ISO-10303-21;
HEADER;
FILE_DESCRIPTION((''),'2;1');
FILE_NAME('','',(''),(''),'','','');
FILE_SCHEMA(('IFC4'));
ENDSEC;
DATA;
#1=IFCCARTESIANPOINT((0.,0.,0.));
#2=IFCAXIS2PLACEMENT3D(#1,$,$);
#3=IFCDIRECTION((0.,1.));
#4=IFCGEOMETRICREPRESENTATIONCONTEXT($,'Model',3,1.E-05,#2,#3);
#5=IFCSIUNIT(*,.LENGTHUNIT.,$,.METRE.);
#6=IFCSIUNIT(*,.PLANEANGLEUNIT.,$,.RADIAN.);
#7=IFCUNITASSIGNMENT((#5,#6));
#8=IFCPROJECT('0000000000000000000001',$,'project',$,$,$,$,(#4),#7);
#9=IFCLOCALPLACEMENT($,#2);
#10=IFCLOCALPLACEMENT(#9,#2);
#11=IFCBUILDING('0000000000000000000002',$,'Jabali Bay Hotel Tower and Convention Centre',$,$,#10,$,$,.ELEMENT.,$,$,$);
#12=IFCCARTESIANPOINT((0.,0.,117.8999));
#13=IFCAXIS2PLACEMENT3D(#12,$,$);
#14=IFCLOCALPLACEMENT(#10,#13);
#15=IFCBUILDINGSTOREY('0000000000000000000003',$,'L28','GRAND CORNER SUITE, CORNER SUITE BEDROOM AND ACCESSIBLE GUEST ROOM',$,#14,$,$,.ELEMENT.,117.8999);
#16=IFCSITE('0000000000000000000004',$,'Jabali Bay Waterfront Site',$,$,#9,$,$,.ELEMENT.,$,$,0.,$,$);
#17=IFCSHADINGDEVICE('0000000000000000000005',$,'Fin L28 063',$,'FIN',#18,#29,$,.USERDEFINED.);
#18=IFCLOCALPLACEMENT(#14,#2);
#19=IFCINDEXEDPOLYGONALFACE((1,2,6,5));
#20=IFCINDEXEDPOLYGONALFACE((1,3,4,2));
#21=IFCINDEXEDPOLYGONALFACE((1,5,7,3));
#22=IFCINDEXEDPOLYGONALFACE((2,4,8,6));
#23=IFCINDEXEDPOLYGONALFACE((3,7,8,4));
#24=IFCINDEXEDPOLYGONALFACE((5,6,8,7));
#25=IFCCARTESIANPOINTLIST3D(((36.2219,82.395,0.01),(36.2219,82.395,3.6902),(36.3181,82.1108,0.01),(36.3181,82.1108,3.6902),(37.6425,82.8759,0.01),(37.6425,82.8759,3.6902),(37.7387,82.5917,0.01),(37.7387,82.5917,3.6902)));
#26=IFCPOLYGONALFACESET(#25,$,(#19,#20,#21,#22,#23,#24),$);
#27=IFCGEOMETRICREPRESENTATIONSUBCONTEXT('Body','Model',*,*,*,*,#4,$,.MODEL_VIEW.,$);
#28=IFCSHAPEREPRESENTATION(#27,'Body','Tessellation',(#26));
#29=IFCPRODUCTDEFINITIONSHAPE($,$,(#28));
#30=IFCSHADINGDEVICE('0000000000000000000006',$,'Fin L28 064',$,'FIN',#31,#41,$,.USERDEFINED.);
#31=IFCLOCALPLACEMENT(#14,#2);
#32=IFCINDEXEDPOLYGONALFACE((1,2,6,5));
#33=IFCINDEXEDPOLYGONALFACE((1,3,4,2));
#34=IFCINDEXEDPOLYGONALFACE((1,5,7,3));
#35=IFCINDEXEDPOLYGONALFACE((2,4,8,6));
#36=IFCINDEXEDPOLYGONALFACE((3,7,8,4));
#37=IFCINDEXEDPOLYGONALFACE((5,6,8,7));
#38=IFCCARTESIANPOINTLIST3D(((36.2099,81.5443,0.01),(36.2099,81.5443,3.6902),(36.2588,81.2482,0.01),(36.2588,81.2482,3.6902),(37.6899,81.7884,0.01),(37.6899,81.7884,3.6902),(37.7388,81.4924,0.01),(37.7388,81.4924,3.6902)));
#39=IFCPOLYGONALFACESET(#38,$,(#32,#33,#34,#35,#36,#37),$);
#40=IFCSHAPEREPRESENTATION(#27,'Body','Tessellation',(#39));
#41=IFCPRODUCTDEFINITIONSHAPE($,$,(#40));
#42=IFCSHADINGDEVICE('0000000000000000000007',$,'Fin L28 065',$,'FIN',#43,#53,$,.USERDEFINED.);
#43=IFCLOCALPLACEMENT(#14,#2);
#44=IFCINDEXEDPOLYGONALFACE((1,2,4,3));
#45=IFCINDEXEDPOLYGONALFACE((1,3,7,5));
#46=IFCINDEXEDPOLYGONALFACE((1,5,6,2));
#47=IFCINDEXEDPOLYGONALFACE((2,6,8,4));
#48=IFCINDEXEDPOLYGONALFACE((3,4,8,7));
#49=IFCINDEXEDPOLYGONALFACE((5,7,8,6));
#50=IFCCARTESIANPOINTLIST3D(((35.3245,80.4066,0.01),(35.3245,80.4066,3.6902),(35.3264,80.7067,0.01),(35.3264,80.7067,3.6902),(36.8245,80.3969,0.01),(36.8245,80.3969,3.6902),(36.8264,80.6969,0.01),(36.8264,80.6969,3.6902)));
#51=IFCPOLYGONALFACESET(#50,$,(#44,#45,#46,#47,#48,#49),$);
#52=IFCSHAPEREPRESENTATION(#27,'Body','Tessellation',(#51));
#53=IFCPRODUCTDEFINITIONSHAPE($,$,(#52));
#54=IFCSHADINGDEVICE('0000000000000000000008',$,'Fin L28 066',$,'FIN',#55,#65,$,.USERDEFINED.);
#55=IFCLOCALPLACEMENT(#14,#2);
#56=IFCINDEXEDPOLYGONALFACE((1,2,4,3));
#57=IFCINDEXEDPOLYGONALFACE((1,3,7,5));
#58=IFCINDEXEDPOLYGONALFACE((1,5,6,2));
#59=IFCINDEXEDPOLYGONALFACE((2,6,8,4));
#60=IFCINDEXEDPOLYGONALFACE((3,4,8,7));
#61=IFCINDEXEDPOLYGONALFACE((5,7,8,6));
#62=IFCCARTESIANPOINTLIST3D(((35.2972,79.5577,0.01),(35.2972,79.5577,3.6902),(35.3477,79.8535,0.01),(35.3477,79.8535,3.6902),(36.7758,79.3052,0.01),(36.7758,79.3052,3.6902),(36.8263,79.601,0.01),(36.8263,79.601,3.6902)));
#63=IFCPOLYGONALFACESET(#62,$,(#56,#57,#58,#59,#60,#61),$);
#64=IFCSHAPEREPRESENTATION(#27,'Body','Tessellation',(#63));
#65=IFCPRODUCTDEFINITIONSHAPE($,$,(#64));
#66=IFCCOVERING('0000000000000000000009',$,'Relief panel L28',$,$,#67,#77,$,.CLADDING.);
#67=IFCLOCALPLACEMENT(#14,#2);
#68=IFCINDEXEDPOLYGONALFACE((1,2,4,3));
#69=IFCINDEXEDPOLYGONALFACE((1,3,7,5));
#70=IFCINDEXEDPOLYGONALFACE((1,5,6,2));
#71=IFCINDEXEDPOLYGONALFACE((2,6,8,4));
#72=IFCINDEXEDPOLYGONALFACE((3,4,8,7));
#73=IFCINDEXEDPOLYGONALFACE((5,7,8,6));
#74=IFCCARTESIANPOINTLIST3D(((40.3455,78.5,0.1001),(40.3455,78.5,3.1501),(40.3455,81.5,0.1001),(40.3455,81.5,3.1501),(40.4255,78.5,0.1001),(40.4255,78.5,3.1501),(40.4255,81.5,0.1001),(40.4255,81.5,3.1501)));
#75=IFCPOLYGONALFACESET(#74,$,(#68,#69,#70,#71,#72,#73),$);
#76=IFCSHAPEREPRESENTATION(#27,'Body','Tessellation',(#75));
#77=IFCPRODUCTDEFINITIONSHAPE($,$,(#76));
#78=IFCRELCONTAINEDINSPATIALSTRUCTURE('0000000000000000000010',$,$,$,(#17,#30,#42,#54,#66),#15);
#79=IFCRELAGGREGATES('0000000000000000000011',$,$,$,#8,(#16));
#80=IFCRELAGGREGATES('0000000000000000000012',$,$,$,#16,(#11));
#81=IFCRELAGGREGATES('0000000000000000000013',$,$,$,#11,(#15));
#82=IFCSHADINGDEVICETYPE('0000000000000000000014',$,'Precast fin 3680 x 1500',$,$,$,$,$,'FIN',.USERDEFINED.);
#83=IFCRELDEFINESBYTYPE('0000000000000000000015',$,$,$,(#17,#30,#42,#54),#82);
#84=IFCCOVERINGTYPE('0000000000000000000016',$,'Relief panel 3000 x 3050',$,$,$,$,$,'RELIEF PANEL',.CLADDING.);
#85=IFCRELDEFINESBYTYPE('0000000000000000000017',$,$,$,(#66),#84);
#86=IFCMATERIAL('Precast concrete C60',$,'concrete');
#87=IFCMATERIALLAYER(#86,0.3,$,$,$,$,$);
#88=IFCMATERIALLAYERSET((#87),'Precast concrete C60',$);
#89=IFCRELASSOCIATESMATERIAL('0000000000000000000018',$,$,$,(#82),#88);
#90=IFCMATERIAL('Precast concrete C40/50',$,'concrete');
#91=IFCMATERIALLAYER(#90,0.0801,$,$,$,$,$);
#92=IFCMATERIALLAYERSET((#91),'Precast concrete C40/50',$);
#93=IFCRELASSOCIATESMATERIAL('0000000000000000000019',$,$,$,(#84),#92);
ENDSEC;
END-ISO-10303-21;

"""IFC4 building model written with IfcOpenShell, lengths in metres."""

from ifc_helpers import new_model, si_unit, direction, frame, frame_2d, origin, origin_2d, place, context, subcontext, project, spatial, rectangle, extrude, material, layer, layer_set, type_object, element, save


model = new_model("IFC4")

# Units and contexts
model_context = context("Model", 3, precision=1e-05, world=origin(), true_north=direction((0.0, 1.0)))
body_context = subcontext(model_context, "Body", "Model", "MODEL_VIEW")
ifc_project = project(units=[si_unit("LENGTHUNIT", "METRE"), si_unit("PLANEANGLEUNIT", "RADIAN")], contexts=[model_context])

# Site, building, storey
site_placement = place(None, origin())
site = spatial("IfcSite", under=ifc_project, at=site_placement, Name="Jabali Bay Waterfront Site", CompositionType="ELEMENT", RefElevation=0.0)
building_placement = place(site_placement, origin())
building = spatial("IfcBuilding", under=site, at=building_placement, Name="Jabali Bay Hotel Tower and Convention Centre", CompositionType="ELEMENT")
storey_placement = place(building_placement, frame((0.0, 0.0, 117.8999)))
storey = spatial("IfcBuildingStorey", under=building, at=storey_placement, Name="L28", Description="GRAND CORNER SUITE, CORNER SUITE BEDROOM AND ACCESSIBLE GUEST ROOM", CompositionType="ELEMENT", Elevation=117.8999)

# Shading devices
ifc_material_1 = material(Name="Precast concrete C60", Category="concrete")
ifc_layer_1 = layer(ifc_material_1, 0.3)
ifc_layer_set_1 = layer_set([ifc_layer_1], Name="Precast concrete C60")
shading_device_type_1 = type_object("IfcShadingDeviceType", Name="Precast fin 3680 x 1500", ElementType="FIN", PredefinedType="USERDEFINED", material=ifc_layer_set_1)
for number, where, z_axis, x_axis, name in (
    (1, (37.6907, 82.7339, 0.01), (0.0, 0.0, 1.0), (-0.947192, -0.320668, 0.0), "Fin L28 063"),
):
    element("IfcShadingDevice", number, at=place(storey_placement, frame(where, z_axis=z_axis, x_axis=x_axis)), inside=storey, type_object=shading_device_type_1, Name=name, ObjectType="FIN", PredefinedType="USERDEFINED", context=body_context, shape_type="SweptSolid", body=[
        extrude(rectangle(XDim=1.4998, YDim=0.3, at=frame_2d((0.75, 0.0))), origin(), (0.0, 0.0, 1.0), 3.6802),
    ])
for number, where, z_axis, x_axis, name in (
    (2, (37.7144, 81.6404, 0.01), (0.0, 0.0, 1.0), (-0.986665, -0.162762, 0.0), "Fin L28 064"),
    (3, (36.8254, 80.5469, 0.01), (0.0, 0.0, 1.0), (-0.999979, 0.00651, 0.0), "Fin L28 065"),
    (4, (36.801, 79.4531, 0.01), (0.0, 0.0, 1.0), (-0.985735, 0.168304, 0.0), "Fin L28 066"),
):
    element("IfcShadingDevice", number, at=place(storey_placement, frame(where, z_axis=z_axis, x_axis=x_axis)), inside=storey, type_object=shading_device_type_1, Name=name, ObjectType="FIN", PredefinedType="USERDEFINED", context=body_context, shape_type="SweptSolid", body=[
        extrude(rectangle(XDim=1.5, YDim=0.3, at=frame_2d((0.75, 0.0))), origin(), (0.0, 0.0, 1.0), 3.6802),
    ])

# Covering
ifc_material_2 = material(Name="Precast concrete C40/50", Category="concrete")
ifc_layer_2 = layer(ifc_material_2, 0.0801)
ifc_layer_set_2 = layer_set([ifc_layer_2], Name="Precast concrete C40/50")
covering_type = type_object("IfcCoveringType", Name="Relief panel 3000 x 3050", ElementType="RELIEF PANEL", PredefinedType="CLADDING", material=ifc_layer_set_2)
covering_placement = place(storey_placement, frame((40.3855, 80.0, 0.1001), z_axis=(0.0, 0.0, 1.0), x_axis=(0.0, 1.0, 0.0)))
element("IfcCovering", 5, at=covering_placement, inside=storey, type_object=covering_type, Name="Relief panel L28", PredefinedType="CLADDING", context=body_context, shape_type="SweptSolid", body=[
    extrude(rectangle(XDim=3.0, YDim=0.0801, at=origin_2d()), origin(), (0.0, 0.0, 1.0), 3.05),
])

save(model, "model.ifc")
